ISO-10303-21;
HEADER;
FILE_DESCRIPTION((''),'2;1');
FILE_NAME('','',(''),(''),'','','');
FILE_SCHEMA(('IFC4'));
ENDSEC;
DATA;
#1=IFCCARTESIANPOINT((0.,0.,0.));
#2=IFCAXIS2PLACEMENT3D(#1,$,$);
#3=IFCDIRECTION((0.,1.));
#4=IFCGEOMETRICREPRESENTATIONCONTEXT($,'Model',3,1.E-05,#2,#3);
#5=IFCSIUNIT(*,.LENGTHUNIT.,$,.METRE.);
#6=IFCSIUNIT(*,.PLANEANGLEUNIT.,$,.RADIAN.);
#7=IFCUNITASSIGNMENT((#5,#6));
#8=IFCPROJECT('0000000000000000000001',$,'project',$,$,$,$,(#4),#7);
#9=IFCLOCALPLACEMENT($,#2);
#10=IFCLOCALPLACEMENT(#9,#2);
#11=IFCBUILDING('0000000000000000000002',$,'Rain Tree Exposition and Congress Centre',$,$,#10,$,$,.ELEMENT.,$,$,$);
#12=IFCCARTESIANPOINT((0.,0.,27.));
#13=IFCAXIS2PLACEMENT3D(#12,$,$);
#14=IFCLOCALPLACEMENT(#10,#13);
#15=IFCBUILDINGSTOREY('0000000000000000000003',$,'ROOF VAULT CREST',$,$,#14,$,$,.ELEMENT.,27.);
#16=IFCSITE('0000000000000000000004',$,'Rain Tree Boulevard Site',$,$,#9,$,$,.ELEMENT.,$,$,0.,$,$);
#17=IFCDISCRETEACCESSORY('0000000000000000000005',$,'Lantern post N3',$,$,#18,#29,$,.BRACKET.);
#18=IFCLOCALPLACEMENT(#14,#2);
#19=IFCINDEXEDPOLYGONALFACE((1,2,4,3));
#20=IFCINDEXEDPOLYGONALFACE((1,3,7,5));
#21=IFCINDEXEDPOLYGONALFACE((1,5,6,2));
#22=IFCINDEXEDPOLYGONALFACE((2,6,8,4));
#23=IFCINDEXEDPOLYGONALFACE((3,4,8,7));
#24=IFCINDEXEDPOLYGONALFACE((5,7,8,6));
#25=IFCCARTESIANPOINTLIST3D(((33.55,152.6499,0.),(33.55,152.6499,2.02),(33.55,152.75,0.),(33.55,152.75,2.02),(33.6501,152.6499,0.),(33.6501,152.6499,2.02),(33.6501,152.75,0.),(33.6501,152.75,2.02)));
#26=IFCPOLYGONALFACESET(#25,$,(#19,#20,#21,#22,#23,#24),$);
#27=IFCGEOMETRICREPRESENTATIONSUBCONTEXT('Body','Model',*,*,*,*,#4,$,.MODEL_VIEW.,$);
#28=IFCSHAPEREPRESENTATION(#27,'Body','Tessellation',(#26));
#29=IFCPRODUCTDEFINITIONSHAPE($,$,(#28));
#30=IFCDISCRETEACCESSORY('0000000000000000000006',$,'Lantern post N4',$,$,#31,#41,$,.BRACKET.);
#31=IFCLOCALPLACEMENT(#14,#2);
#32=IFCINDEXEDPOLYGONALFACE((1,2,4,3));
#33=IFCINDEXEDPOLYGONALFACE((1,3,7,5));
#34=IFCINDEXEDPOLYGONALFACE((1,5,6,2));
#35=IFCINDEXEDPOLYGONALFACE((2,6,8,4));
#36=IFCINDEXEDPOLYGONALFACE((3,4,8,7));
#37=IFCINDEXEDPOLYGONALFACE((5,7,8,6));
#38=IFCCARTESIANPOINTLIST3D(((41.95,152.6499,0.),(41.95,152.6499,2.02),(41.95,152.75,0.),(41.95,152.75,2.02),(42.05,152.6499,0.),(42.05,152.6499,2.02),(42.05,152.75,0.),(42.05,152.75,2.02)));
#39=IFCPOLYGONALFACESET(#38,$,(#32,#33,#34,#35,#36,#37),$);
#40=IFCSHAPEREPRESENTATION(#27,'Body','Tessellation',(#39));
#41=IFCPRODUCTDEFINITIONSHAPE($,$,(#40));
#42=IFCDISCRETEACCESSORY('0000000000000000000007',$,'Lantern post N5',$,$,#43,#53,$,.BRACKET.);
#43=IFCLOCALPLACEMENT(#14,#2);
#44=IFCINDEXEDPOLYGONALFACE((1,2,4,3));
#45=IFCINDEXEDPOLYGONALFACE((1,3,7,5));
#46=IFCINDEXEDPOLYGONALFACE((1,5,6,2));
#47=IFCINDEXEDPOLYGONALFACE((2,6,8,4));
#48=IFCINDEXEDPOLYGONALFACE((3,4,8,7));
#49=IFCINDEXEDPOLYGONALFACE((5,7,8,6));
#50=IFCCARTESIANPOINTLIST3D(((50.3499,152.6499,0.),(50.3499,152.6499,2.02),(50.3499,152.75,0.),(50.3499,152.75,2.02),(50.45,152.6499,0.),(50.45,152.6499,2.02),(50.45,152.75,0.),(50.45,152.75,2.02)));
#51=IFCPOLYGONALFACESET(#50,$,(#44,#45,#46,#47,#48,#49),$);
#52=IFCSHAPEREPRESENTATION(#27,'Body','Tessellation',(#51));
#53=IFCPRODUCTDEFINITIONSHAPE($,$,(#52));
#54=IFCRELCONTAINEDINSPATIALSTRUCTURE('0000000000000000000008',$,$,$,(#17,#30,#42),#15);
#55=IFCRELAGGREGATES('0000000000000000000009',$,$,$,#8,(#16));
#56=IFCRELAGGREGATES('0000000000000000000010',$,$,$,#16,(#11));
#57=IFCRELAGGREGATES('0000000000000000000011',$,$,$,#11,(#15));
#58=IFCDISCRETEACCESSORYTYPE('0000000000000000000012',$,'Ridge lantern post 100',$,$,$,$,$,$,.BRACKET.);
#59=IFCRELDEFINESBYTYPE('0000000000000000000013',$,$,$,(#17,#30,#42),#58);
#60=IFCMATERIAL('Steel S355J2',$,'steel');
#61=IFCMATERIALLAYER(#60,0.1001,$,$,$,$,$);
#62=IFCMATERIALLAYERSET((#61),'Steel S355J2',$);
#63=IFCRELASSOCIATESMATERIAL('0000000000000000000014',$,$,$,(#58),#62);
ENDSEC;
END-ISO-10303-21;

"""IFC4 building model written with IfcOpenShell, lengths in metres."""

from ifc_helpers import new_model, si_unit, direction, frame, origin, origin_2d, place, context, subcontext, project, spatial, rectangle, extrude, material, layer, layer_set, type_object, element, save


model = new_model("IFC4")

# Units and contexts
model_context = context("Model", 3, precision=1e-05, world=origin(), true_north=direction((0.0, 1.0)))
body_context = subcontext(model_context, "Body", "Model", "MODEL_VIEW")
ifc_project = project(units=[si_unit("LENGTHUNIT", "METRE"), si_unit("PLANEANGLEUNIT", "RADIAN")], contexts=[model_context])

# Site, building, storey
site_placement = place(None, origin())
site = spatial("IfcSite", under=ifc_project, at=site_placement, Name="Rain Tree Boulevard Site", CompositionType="ELEMENT", RefElevation=0.0)
building_placement = place(site_placement, origin())
building = spatial("IfcBuilding", under=site, at=building_placement, Name="Rain Tree Exposition and Congress Centre", CompositionType="ELEMENT")
storey_placement = place(building_placement, frame((0.0, 0.0, 27.0)))
storey = spatial("IfcBuildingStorey", under=building, at=storey_placement, Name="ROOF VAULT CREST", CompositionType="ELEMENT", Elevation=27.0)

# Discrete accessories
ifc_material_1 = material(Name="Steel S355J2", Category="steel")
ifc_layer_1 = layer(ifc_material_1, 0.1001)
ifc_layer_set_1 = layer_set([ifc_layer_1], Name="Steel S355J2")
discrete_accessory_type = type_object("IfcDiscreteAccessoryType", Name="Ridge lantern post 100", PredefinedType="BRACKET", material=ifc_layer_set_1)
for number, where, z_axis, x_axis, name in (
    (1, (33.6001, 152.7, 0.0), (0.0, 0.0, 1.0), (1.0, 0.0, 0.0), "Lantern post N3"),
    (2, (42.0, 152.7, 0.0), (0.0, 0.0, 1.0), (1.0, 0.0, 0.0), "Lantern post N4"),
    (3, (50.3999, 152.7, 0.0), (0.0, 0.0, 1.0), (1.0, 0.0, 0.0), "Lantern post N5"),
):
    element("IfcDiscreteAccessory", number, at=place(storey_placement, frame(where, z_axis=z_axis, x_axis=x_axis)), inside=storey, type_object=discrete_accessory_type, Name=name, PredefinedType="BRACKET", context=body_context, shape_type="SweptSolid", body=[
        extrude(rectangle(XDim=0.1001, YDim=0.1001, at=origin_2d()), origin(), (0.0, 0.0, 1.0), 2.02),
    ])

save(model, "model.ifc")
